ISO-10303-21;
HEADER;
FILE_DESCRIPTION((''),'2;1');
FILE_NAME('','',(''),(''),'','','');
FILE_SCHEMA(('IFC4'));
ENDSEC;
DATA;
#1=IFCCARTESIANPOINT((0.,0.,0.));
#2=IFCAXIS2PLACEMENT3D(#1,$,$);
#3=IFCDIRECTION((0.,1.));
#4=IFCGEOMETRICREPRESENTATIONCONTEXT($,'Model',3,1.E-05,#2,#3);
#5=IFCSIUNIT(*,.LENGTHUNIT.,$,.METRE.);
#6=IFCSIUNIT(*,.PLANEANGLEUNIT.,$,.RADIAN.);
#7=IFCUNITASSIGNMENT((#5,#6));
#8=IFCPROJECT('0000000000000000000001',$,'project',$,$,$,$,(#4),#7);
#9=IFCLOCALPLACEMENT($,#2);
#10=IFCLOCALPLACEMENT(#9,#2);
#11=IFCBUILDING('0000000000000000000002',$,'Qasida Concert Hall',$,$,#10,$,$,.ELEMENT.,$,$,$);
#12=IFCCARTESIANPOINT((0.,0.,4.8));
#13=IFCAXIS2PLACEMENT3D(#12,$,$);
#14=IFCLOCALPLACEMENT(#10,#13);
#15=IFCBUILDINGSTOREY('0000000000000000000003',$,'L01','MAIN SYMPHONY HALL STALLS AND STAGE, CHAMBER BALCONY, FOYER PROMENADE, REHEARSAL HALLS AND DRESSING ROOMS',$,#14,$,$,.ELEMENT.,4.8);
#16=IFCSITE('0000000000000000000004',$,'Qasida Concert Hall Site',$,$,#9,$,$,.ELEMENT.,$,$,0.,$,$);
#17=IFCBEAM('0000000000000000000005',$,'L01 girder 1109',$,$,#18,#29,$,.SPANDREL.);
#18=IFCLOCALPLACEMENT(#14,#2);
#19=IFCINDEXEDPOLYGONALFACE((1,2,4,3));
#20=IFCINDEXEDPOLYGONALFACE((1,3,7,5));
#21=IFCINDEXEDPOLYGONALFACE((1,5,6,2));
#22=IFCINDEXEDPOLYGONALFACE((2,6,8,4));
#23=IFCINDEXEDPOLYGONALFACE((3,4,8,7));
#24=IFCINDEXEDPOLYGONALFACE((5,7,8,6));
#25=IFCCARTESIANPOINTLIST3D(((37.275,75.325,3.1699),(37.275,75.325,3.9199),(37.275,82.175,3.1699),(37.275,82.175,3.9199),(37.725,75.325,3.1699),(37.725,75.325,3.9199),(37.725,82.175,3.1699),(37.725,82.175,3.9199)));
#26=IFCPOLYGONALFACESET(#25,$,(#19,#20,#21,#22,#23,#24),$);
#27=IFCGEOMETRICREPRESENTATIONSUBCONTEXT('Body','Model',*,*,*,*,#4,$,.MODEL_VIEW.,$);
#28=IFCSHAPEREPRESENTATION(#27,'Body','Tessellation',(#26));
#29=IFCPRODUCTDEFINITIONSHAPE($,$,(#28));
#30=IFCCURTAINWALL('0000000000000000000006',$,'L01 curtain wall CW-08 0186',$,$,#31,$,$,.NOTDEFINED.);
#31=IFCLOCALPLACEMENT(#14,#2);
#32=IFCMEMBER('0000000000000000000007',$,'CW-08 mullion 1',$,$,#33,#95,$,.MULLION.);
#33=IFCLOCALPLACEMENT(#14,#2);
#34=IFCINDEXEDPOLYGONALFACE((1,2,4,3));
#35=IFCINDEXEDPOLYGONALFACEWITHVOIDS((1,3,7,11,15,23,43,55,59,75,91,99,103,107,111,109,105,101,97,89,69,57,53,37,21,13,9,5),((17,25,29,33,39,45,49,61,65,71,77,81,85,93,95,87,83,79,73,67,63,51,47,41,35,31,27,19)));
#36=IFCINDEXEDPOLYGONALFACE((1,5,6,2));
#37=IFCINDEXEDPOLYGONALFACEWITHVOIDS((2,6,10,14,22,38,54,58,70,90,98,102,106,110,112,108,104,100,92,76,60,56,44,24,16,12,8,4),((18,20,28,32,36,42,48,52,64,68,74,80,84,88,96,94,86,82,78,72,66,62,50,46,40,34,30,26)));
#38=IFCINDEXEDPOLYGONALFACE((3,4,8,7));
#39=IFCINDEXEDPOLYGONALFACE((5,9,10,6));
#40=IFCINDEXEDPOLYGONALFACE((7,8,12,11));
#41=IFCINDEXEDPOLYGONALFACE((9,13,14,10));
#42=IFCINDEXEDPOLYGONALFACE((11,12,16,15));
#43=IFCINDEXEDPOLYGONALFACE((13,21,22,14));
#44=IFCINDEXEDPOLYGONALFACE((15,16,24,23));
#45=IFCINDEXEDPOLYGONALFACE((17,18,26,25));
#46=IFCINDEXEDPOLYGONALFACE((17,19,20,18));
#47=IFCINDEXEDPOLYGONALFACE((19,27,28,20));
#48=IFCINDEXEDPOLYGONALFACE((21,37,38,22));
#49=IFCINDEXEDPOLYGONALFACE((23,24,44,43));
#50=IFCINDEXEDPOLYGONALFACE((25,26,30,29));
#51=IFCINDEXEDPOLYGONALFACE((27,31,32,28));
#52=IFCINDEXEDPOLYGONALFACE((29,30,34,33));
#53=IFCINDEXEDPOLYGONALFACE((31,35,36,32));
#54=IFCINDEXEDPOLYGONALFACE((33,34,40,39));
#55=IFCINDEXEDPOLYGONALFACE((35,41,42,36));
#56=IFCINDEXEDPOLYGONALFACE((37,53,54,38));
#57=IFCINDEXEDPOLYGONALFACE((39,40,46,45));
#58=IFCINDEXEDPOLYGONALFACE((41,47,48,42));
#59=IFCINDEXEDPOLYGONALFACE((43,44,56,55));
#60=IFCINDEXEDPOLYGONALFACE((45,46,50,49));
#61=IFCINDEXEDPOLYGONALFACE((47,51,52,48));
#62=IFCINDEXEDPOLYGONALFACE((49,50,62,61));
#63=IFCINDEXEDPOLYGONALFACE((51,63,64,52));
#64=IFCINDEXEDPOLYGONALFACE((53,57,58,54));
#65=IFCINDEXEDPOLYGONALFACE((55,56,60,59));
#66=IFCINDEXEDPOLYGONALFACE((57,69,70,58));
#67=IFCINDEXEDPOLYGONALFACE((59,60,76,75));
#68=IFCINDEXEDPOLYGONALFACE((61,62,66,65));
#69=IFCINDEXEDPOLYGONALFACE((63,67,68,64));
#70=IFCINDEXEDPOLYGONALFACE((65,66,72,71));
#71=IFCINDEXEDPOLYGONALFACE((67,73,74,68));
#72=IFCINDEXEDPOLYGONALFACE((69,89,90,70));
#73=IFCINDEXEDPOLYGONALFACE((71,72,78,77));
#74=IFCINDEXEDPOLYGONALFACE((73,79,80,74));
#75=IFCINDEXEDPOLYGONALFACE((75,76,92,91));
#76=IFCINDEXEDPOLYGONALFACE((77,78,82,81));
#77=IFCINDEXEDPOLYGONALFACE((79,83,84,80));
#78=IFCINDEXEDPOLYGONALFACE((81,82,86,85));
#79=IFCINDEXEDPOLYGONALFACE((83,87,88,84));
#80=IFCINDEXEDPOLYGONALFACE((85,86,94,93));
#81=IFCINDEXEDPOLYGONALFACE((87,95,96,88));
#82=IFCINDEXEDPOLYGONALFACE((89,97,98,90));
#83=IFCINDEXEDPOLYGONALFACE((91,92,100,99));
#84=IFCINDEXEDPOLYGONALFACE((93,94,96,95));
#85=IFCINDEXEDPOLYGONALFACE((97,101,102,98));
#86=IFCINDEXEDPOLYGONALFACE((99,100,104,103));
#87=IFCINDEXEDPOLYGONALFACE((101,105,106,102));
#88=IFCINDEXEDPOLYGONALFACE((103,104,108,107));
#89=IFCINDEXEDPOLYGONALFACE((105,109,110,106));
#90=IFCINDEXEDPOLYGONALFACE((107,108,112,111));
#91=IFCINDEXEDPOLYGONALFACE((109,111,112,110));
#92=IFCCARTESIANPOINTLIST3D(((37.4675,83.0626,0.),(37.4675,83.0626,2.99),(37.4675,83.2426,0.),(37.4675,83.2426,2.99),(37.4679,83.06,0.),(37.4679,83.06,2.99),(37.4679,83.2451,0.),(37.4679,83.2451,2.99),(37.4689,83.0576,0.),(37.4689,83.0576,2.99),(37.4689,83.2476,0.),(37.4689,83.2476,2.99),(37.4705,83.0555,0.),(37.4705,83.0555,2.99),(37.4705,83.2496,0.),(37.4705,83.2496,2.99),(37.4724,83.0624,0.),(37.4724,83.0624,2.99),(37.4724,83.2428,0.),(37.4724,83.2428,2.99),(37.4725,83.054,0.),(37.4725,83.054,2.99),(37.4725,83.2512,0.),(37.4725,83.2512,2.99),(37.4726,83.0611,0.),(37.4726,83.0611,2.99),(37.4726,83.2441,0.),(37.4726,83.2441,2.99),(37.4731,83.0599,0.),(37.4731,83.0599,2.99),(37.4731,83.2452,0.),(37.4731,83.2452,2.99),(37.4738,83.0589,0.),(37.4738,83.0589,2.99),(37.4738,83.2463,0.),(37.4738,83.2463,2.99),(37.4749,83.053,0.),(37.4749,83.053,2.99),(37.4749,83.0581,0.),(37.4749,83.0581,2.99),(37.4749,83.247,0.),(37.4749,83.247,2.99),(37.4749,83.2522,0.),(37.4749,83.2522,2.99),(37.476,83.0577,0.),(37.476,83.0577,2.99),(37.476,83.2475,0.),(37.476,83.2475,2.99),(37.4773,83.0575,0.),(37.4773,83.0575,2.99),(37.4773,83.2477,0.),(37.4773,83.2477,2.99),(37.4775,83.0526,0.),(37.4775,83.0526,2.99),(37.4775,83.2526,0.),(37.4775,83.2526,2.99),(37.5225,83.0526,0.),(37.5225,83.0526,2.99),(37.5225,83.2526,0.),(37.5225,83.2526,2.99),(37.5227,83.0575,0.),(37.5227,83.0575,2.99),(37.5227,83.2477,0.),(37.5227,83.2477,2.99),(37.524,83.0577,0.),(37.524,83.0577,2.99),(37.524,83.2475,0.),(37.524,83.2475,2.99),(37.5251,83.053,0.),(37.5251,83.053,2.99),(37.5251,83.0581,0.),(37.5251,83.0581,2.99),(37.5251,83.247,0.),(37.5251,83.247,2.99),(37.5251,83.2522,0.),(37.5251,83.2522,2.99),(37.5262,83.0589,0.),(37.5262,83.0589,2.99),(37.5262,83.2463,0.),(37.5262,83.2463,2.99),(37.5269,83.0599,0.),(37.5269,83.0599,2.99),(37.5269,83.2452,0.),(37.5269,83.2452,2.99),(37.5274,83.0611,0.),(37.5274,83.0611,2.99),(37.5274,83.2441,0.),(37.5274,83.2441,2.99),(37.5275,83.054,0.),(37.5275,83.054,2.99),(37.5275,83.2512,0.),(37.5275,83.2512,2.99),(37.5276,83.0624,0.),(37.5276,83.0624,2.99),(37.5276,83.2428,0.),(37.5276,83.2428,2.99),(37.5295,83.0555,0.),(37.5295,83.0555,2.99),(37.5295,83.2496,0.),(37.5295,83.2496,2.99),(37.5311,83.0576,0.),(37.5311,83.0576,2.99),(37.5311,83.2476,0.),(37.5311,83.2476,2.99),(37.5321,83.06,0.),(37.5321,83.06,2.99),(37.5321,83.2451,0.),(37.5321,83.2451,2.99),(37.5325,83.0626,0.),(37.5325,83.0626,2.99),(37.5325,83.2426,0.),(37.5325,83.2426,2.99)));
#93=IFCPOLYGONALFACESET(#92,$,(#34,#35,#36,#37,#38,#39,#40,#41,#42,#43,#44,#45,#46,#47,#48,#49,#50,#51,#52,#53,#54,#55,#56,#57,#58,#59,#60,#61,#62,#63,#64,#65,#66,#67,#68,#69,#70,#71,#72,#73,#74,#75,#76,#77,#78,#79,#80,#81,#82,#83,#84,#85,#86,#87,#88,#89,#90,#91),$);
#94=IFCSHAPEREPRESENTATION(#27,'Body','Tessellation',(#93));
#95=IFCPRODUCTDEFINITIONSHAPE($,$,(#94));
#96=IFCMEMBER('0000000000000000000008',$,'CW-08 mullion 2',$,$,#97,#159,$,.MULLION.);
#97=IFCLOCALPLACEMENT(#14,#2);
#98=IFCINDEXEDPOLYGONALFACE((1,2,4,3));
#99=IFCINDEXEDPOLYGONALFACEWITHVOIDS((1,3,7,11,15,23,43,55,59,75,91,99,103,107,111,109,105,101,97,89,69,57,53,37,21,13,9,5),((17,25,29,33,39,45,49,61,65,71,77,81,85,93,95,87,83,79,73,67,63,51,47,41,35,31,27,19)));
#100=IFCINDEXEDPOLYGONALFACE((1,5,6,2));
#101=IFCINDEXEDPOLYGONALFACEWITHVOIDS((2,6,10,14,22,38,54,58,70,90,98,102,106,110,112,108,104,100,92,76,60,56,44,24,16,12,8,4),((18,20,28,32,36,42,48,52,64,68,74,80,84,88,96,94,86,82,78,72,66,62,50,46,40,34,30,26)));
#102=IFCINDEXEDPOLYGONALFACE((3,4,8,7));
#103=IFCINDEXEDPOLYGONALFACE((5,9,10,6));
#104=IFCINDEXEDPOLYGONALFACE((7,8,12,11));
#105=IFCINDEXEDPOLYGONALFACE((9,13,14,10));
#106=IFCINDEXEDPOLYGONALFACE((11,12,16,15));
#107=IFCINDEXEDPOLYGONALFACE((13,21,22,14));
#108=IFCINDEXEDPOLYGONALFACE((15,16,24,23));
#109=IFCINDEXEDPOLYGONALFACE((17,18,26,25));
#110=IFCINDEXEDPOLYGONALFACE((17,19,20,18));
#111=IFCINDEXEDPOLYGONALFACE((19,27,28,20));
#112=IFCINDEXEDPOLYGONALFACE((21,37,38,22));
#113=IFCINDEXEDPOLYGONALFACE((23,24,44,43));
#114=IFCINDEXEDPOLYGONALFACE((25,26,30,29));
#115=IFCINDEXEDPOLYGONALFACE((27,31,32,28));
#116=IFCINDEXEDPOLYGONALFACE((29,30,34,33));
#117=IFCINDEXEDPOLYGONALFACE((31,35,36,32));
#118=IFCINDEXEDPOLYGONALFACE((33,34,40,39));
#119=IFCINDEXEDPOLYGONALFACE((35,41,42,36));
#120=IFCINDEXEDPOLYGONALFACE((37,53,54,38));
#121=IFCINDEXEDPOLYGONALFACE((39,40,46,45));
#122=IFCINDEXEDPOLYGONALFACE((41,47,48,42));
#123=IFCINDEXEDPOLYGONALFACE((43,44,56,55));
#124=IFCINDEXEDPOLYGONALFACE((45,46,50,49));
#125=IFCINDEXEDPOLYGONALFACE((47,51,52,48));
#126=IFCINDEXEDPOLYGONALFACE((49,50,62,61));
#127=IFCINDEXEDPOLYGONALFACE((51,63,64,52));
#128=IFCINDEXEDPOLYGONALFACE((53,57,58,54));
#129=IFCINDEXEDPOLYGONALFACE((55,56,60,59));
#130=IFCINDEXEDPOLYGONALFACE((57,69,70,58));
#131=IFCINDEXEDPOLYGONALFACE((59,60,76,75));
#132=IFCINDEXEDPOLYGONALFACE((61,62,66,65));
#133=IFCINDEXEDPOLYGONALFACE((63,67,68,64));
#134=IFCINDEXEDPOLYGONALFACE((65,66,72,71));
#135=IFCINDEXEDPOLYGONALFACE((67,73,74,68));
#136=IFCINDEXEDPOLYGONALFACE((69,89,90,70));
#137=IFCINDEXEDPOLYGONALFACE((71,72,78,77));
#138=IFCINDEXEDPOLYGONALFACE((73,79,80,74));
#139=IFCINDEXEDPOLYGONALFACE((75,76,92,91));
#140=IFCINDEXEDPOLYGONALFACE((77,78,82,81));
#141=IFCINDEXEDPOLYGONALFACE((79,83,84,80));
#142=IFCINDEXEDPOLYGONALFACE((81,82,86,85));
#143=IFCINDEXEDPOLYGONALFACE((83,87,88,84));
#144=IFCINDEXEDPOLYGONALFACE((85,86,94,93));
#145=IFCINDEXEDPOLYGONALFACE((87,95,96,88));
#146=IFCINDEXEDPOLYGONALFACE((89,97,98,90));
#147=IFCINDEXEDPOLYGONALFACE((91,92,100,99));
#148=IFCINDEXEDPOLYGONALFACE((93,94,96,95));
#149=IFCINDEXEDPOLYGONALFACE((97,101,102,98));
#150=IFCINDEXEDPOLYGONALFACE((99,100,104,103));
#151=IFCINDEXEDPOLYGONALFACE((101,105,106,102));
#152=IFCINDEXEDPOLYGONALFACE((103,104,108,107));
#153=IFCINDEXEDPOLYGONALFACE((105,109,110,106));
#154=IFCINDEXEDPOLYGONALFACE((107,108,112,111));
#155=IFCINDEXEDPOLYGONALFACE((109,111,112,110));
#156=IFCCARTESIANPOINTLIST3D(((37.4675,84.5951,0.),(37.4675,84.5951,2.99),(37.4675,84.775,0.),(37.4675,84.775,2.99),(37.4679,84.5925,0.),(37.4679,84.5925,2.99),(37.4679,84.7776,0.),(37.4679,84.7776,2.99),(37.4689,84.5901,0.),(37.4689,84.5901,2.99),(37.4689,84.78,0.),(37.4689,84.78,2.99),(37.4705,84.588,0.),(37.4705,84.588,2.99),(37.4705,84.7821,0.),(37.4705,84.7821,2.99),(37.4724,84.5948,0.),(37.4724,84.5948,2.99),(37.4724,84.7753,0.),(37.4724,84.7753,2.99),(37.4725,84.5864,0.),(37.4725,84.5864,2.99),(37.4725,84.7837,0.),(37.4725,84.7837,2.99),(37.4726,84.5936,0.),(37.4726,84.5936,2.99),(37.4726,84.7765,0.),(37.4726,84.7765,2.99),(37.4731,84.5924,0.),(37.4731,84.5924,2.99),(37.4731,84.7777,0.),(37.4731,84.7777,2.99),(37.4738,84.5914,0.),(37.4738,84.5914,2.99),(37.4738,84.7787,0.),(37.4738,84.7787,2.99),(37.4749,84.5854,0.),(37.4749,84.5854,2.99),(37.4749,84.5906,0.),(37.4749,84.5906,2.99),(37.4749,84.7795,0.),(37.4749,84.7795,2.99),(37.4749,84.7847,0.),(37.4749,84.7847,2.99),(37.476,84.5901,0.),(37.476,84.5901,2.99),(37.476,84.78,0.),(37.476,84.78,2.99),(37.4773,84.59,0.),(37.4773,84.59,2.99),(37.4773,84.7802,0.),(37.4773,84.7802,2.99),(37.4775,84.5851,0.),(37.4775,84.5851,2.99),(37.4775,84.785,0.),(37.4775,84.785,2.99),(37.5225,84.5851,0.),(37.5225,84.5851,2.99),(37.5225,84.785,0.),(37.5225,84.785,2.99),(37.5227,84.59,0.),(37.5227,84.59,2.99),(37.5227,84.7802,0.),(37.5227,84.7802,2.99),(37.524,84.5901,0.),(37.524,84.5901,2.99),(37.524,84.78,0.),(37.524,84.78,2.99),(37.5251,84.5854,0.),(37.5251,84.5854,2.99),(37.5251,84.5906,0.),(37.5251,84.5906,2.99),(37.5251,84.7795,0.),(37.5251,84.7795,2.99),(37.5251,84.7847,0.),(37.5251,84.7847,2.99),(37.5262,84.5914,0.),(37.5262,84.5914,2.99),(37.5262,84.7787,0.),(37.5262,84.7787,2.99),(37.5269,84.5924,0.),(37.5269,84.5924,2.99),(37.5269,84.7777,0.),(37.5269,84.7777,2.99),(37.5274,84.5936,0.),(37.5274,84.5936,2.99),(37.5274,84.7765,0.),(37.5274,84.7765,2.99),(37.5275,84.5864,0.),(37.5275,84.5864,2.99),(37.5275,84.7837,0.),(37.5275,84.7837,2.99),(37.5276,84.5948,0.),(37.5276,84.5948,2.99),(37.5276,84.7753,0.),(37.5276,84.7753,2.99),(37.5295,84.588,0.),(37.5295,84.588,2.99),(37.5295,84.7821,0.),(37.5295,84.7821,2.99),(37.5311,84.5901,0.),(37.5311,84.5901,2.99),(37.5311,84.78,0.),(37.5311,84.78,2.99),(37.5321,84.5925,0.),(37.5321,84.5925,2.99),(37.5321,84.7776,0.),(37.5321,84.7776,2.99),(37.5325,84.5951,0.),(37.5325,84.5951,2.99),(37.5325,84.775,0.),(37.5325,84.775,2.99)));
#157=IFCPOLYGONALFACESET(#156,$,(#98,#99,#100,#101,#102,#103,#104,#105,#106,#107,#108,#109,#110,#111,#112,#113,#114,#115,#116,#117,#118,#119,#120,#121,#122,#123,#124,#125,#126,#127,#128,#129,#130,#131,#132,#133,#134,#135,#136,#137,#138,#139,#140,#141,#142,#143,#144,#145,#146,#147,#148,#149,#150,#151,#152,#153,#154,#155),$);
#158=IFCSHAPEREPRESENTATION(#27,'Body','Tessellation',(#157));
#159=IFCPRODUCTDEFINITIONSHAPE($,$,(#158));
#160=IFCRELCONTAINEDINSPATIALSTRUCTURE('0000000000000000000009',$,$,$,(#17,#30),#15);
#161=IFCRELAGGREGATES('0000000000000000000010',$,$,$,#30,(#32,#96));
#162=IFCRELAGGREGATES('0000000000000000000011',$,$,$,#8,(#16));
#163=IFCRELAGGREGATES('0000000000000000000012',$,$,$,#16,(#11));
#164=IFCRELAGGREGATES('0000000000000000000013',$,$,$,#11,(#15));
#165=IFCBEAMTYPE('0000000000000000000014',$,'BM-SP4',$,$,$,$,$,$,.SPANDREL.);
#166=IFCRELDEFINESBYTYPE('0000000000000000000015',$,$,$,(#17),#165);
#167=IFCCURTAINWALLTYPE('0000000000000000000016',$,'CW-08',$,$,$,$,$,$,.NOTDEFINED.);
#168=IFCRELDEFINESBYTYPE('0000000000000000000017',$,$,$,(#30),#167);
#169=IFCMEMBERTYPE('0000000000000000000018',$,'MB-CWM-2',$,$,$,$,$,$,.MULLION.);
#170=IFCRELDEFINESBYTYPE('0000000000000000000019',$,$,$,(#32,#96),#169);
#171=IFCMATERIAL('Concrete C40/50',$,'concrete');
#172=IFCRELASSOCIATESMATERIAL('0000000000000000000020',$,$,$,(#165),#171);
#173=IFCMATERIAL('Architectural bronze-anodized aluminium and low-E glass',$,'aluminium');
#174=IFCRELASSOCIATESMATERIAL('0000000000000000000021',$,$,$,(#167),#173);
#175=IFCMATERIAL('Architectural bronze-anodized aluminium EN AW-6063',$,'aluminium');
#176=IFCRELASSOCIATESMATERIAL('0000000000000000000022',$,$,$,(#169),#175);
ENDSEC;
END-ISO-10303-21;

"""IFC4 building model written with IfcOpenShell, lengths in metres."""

from ifc_helpers import new_model, si_unit, direction, frame, origin, origin_2d, place, context, subcontext, project, spatial, rectangle, hollow_rectangle, extrude, material, material_profile, profile_set, type_object, element, aggregate, save


model = new_model("IFC4")

# Units and contexts
model_context = context("Model", 3, precision=1e-05, world=origin(), true_north=direction((0.0, 1.0)))
body_context = subcontext(model_context, "Body", "Model", "MODEL_VIEW")
ifc_project = project(units=[si_unit("LENGTHUNIT", "METRE"), si_unit("PLANEANGLEUNIT", "RADIAN")], contexts=[model_context])

# Site, building, storey
site_placement = place(None, origin())
site = spatial("IfcSite", under=ifc_project, at=site_placement, Name="Qasida Concert Hall Site", CompositionType="ELEMENT", RefElevation=0.0)
building_placement = place(site_placement, origin())
building = spatial("IfcBuilding", under=site, at=building_placement, Name="Qasida Concert Hall", CompositionType="ELEMENT")
storey_placement = place(building_placement, frame((0.0, 0.0, 4.8)))
storey = spatial("IfcBuildingStorey", under=building, at=storey_placement, Name="L01", Description="MAIN SYMPHONY HALL STALLS AND STAGE, CHAMBER BALCONY, FOYER PROMENADE, REHEARSAL HALLS AND DRESSING ROOMS", CompositionType="ELEMENT", Elevation=4.8)

# Beam
ifc_material_1 = material(Name="Concrete C40/50", Category="concrete")
ifc_material_profile_1 = material_profile(ifc_material_1, rectangle(XDim=0.45, YDim=0.75, at=origin_2d()), Name="RC 450x750")
ifc_profile_set_1 = profile_set([ifc_material_profile_1], Name="Concrete C40/50")
beam_type_1 = type_object("IfcBeamType", Name="BM-SP4", PredefinedType="SPANDREL", material=ifc_profile_set_1)
beam_1_placement = place(storey_placement, frame((37.5, 75.325, 3.5449), z_axis=(0.0, 1.0, 0.0), x_axis=(-1.0, 0.0, 0.0)))
element("IfcBeam", 1, at=beam_1_placement, inside=storey, type_object=beam_type_1, Name="L01 girder 1109", PredefinedType="SPANDREL", context=body_context, shape_type="SweptSolid", body=[
    extrude(rectangle(XDim=0.45, YDim=0.75, at=origin_2d()), origin(), (0.0, 0.0, 1.0), 6.8501),
])

# Curtain wall, members
ifc_material_2 = material(Name="Architectural bronze-anodized aluminium and low-E glass", Category="aluminium")
curtain_wall_type = type_object("IfcCurtainWallType", Name="CW-08", PredefinedType="NOTDEFINED", material=ifc_material_2)
curtain_wall_placement = place(storey_placement, origin())
curtain_wall = element("IfcCurtainWall", 2, at=curtain_wall_placement, inside=storey, type_object=curtain_wall_type, Name="L01 curtain wall CW-08 0186", PredefinedType="NOTDEFINED")
ifc_material_3 = material(Name="Architectural bronze-anodized aluminium EN AW-6063", Category="aluminium")
ifc_material_profile_2 = material_profile(ifc_material_3, hollow_rectangle(XDim=0.0649, YDim=0.2, WallThickness=0.0049, InnerFilletRadius=0.0049, OuterFilletRadius=0.01, at=origin_2d()), Name="CWM 200x65x5")
ifc_profile_set_2 = profile_set([ifc_material_profile_2], Name="Architectural bronze-anodized aluminium EN AW-6063")
member_type_1 = type_object("IfcMemberType", Name="MB-CWM-2", PredefinedType="MULLION", material=ifc_profile_set_2)
member_1_placement = place(storey_placement, frame((37.5, 83.1526, 0.0), z_axis=(0.0, 0.0, 1.0), x_axis=(-1.0, 0.0, 0.0)))
member_1 = element("IfcMember", 3, at=member_1_placement, type_object=member_type_1, Name="CW-08 mullion 1", PredefinedType="MULLION", context=body_context, shape_type="SweptSolid", body=[
    extrude(hollow_rectangle(XDim=0.0649, YDim=0.2, WallThickness=0.0049, InnerFilletRadius=0.0049, OuterFilletRadius=0.01, at=origin_2d()), origin(), (0.0, 0.0, 1.0), 2.99),
])
member_2_placement = place(storey_placement, frame((37.5, 84.6851, 0.0), z_axis=(0.0, 0.0, 1.0), x_axis=(-1.0, 0.0, 0.0)))
member_2 = element("IfcMember", 4, at=member_2_placement, type_object=member_type_1, Name="CW-08 mullion 2", PredefinedType="MULLION", context=body_context, shape_type="SweptSolid", body=[
    extrude(hollow_rectangle(XDim=0.0649, YDim=0.2, WallThickness=0.0049, InnerFilletRadius=0.0049, OuterFilletRadius=0.01, at=origin_2d()), origin(), (0.0, 0.0, 1.0), 2.99),
])
aggregate(curtain_wall, [member_1, member_2])

save(model, "model.ifc")
